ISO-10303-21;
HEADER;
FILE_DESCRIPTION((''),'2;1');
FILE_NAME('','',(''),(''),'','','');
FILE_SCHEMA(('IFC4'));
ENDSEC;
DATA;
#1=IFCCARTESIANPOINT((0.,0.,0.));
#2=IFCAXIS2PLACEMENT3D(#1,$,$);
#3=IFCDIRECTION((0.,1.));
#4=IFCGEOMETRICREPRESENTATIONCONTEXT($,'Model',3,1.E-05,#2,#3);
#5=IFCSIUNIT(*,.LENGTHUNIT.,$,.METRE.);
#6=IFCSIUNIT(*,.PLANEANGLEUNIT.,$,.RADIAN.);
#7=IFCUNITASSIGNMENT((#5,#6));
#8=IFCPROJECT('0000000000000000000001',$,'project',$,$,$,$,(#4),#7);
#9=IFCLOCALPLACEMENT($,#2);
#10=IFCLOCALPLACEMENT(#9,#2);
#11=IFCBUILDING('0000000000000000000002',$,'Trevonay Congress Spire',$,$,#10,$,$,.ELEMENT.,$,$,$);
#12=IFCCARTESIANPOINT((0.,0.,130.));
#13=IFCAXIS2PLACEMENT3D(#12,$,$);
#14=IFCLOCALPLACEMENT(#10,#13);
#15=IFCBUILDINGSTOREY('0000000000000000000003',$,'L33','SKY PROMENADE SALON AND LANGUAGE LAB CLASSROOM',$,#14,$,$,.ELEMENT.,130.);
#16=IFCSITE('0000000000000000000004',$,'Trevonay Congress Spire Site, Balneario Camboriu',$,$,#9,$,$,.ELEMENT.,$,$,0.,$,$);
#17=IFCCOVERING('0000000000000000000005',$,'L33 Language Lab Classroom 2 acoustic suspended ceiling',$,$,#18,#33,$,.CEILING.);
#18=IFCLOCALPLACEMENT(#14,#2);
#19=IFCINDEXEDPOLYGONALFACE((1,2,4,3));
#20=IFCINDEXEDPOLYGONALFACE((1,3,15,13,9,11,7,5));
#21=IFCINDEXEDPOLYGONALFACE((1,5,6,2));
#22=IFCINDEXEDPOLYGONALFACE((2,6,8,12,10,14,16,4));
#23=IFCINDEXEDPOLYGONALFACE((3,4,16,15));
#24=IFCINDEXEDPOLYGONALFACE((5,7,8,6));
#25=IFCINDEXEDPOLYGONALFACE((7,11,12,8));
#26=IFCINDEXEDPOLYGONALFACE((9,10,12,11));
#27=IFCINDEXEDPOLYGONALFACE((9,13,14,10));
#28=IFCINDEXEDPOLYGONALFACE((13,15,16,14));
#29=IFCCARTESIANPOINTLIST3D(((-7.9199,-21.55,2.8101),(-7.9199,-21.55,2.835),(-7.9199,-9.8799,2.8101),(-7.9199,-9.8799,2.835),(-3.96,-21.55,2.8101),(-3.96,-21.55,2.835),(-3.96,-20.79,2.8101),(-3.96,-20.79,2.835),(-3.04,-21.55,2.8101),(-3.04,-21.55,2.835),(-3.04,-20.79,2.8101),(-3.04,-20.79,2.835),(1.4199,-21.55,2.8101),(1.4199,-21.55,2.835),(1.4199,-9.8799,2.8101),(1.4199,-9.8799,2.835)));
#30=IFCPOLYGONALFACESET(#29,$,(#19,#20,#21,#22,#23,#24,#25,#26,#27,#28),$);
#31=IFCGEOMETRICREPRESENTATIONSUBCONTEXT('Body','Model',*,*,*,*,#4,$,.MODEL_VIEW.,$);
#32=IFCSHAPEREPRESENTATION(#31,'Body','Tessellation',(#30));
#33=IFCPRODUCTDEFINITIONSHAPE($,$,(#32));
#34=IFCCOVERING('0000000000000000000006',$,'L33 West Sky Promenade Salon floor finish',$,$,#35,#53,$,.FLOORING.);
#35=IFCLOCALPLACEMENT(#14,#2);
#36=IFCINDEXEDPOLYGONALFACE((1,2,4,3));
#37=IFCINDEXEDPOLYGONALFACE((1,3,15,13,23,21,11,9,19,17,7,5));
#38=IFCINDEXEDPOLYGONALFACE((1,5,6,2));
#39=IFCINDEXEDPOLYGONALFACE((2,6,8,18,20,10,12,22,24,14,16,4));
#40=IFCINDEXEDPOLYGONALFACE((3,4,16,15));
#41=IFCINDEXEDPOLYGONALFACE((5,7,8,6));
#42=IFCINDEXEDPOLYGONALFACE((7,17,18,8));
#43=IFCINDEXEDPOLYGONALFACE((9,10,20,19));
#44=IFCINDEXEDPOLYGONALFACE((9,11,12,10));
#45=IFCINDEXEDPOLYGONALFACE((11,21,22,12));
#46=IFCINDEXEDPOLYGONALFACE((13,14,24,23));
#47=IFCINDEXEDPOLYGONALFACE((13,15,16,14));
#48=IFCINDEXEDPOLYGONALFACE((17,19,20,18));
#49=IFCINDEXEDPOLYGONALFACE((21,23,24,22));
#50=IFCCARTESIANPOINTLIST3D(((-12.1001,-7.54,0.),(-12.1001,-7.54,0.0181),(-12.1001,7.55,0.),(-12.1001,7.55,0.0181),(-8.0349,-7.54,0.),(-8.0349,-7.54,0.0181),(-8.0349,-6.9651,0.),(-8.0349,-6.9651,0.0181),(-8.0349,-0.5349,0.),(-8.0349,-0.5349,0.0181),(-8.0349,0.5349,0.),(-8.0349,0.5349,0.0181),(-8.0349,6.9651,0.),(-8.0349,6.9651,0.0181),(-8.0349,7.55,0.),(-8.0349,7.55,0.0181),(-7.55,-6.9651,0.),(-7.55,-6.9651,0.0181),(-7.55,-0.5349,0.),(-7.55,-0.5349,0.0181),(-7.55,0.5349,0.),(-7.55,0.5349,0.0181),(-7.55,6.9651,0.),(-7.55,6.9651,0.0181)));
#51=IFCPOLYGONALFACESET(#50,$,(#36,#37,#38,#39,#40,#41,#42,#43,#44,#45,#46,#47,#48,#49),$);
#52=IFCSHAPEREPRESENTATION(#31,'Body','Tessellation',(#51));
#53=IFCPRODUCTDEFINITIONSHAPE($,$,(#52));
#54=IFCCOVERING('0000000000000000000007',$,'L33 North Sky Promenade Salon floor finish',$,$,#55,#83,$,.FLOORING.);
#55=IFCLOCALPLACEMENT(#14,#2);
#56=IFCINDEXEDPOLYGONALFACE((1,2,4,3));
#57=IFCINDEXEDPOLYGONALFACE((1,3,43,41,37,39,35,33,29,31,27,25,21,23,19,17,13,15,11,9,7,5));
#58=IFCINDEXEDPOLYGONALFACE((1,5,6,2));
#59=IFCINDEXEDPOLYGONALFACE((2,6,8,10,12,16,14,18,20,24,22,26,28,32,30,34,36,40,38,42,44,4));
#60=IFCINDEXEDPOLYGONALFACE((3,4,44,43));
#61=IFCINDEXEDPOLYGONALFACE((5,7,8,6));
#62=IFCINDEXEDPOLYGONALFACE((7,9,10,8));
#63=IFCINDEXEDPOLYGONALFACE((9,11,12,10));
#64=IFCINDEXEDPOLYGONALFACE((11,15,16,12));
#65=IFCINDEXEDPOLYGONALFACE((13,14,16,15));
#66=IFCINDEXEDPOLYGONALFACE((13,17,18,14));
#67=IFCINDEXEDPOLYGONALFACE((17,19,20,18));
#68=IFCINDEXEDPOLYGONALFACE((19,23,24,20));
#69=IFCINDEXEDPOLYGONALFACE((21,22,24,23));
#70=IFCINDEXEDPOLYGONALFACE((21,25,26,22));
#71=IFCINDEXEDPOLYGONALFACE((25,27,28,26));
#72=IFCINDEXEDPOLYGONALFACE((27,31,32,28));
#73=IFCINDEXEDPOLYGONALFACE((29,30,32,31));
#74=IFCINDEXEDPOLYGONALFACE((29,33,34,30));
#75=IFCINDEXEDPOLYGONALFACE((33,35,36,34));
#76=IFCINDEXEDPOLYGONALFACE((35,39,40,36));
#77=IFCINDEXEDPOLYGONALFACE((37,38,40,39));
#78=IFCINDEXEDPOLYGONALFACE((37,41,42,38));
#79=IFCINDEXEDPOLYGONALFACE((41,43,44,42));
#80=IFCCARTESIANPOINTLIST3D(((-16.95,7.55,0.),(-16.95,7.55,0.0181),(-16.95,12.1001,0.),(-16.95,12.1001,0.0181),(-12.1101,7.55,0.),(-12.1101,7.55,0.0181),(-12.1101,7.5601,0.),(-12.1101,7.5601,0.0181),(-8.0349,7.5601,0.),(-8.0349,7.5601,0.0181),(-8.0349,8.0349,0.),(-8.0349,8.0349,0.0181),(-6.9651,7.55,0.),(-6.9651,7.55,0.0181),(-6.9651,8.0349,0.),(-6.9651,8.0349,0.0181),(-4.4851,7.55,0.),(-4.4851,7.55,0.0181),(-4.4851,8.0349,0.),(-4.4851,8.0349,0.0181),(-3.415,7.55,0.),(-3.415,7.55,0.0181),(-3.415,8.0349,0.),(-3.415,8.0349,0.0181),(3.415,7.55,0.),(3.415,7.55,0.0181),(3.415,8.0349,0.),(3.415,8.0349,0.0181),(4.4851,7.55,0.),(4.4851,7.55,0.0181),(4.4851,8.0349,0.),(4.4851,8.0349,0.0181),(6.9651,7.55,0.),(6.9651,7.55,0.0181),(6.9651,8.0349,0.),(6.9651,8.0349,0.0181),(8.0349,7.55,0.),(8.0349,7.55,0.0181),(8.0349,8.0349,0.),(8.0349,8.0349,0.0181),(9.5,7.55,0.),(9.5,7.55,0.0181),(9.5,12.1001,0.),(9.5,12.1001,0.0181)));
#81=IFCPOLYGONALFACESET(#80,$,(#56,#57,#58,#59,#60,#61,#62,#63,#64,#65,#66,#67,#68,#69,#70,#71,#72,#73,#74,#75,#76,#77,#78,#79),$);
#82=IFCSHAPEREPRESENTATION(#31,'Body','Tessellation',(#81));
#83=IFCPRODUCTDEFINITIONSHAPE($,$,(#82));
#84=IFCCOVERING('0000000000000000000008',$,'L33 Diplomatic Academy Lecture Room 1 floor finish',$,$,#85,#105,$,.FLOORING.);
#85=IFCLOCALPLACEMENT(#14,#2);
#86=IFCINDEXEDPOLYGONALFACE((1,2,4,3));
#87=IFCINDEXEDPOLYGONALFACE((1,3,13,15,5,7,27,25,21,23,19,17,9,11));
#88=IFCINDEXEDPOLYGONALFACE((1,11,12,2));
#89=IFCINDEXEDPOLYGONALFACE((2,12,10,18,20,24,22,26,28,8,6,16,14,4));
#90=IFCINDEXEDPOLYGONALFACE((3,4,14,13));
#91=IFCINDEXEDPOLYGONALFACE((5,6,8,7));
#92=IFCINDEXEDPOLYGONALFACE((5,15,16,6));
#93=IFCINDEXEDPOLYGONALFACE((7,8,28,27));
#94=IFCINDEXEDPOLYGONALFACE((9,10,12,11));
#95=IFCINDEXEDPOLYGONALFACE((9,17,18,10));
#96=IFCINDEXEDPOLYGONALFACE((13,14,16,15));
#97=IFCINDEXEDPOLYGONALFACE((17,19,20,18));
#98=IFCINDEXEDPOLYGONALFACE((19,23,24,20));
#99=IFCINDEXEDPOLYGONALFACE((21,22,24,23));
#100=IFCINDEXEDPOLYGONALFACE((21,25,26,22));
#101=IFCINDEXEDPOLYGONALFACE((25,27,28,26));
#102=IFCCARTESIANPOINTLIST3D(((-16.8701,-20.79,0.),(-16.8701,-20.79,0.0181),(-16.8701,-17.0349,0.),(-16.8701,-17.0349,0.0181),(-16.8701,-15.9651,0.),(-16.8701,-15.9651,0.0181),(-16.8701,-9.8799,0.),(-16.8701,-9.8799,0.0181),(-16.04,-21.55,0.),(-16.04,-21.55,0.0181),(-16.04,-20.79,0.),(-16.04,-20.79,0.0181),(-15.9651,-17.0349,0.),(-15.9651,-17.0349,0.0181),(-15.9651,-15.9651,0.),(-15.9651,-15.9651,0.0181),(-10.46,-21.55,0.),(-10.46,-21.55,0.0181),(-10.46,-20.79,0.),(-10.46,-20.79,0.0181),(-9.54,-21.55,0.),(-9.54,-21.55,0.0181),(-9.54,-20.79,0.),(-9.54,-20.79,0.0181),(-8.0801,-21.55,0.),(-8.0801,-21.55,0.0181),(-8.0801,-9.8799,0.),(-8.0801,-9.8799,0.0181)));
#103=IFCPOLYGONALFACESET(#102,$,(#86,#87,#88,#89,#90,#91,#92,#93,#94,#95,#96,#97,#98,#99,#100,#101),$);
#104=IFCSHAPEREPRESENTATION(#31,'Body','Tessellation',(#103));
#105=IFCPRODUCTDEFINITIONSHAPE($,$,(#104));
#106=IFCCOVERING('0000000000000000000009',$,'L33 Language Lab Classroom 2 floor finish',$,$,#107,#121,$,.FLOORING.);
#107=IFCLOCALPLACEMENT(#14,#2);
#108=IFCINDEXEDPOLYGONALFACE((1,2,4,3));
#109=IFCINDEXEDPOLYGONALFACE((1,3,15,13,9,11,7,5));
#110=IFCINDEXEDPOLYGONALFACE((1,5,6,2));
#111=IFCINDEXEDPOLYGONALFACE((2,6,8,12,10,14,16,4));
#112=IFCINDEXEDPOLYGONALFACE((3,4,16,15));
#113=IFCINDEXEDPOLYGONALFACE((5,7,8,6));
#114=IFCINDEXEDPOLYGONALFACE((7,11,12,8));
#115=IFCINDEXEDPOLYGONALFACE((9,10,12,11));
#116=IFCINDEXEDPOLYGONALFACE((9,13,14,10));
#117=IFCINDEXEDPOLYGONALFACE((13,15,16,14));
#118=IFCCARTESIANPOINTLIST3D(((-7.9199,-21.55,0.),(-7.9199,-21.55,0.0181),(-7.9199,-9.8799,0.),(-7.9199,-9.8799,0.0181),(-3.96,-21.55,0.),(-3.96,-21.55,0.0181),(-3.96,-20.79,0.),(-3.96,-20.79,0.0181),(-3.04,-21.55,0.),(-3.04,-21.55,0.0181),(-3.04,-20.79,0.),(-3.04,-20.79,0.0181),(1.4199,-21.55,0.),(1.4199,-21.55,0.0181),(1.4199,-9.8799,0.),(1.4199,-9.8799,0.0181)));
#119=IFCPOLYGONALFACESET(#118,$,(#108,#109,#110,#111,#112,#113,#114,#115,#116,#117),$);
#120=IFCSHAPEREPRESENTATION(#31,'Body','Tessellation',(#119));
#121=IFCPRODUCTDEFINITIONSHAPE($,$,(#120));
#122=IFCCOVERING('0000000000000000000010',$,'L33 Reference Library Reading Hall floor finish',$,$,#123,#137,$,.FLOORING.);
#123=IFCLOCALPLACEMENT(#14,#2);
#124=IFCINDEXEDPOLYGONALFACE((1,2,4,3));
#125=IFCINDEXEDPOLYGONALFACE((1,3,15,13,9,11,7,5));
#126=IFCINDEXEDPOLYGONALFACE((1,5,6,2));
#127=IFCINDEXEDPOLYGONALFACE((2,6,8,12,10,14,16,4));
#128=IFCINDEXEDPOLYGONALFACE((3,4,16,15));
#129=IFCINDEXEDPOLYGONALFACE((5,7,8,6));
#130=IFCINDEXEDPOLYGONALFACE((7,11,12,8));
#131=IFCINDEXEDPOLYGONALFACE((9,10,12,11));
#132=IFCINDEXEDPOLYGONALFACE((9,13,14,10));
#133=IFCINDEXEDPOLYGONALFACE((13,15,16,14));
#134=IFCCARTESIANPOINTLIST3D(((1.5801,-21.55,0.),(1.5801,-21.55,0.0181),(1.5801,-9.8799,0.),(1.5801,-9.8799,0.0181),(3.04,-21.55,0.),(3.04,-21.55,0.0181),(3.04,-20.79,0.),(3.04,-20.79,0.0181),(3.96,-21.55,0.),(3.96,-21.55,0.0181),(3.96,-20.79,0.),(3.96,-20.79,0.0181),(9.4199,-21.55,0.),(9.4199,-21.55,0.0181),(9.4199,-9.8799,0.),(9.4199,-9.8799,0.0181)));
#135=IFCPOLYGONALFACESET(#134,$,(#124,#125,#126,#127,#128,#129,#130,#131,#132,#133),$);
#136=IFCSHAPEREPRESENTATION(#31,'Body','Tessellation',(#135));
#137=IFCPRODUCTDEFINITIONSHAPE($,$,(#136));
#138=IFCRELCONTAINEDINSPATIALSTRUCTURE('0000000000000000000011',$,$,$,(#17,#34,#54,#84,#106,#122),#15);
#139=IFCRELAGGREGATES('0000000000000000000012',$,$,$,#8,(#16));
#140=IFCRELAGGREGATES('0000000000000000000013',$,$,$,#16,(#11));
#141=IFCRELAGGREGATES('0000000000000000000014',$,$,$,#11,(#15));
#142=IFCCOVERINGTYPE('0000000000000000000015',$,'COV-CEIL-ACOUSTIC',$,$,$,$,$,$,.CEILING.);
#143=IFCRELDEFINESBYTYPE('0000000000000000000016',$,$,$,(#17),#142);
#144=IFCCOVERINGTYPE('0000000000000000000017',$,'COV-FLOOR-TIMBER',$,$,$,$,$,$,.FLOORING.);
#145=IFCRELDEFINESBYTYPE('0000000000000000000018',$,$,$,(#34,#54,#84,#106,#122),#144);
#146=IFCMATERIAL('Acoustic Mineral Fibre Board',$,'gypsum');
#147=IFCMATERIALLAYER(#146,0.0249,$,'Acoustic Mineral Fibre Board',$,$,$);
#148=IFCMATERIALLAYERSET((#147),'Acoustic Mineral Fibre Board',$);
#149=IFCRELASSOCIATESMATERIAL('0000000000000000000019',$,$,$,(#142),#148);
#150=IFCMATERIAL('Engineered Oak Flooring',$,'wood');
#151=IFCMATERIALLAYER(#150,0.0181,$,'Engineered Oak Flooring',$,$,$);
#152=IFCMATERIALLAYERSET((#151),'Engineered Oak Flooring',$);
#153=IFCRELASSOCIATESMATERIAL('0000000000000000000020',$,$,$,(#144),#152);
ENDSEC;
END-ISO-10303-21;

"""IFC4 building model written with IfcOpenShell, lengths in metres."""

from ifc_helpers import new_model, si_unit, direction, frame, origin, place, context, subcontext, project, spatial, polyline, outline, extrude, material, layer, layer_set, type_object, element, save


model = new_model("IFC4")

# Units and contexts
model_context = context("Model", 3, precision=1e-05, world=origin(), true_north=direction((0.0, 1.0)))
body_context = subcontext(model_context, "Body", "Model", "MODEL_VIEW")
ifc_project = project(units=[si_unit("LENGTHUNIT", "METRE"), si_unit("PLANEANGLEUNIT", "RADIAN")], contexts=[model_context])

# Site, building, storey
site_placement = place(None, origin())
site = spatial("IfcSite", under=ifc_project, at=site_placement, Name="Trevonay Congress Spire Site, Balneario Camboriu", CompositionType="ELEMENT", RefElevation=0.0)
building_placement = place(site_placement, origin())
building = spatial("IfcBuilding", under=site, at=building_placement, Name="Trevonay Congress Spire", CompositionType="ELEMENT")
storey_placement = place(building_placement, frame((0.0, 0.0, 130.0)))
storey = spatial("IfcBuildingStorey", under=building, at=storey_placement, Name="L33", Description="SKY PROMENADE SALON AND LANGUAGE LAB CLASSROOM", CompositionType="ELEMENT", Elevation=130.0)

# Coverings
ifc_material_1 = material(Name="Acoustic Mineral Fibre Board", Category="gypsum")
ifc_layer_1 = layer(ifc_material_1, 0.0249, Name="Acoustic Mineral Fibre Board")
ifc_layer_set_1 = layer_set([ifc_layer_1], Name="Acoustic Mineral Fibre Board")
covering_type_1 = type_object("IfcCoveringType", Name="COV-CEIL-ACOUSTIC", PredefinedType="CEILING", material=ifc_layer_set_1)
covering_1_placement = place(storey_placement, frame((0.0, 0.0, 2.8101)))
element("IfcCovering", 1, at=covering_1_placement, inside=storey, type_object=covering_type_1, Name="L33 Language Lab Classroom 2 acoustic suspended ceiling", PredefinedType="CEILING", context=body_context, shape_type="SweptSolid", body=[
    extrude(outline(polyline([(-7.9199, -21.55), (-7.9199, -9.8799), (1.4199, -9.8799), (1.4199, -21.55), (-3.04, -21.55), (-3.04, -20.79), (-3.96, -20.79), (-3.96, -21.55), (-7.9199, -21.55)])), origin(), (0.0, 0.0, 1.0), 0.0249),
])
ifc_material_2 = material(Name="Engineered Oak Flooring", Category="wood")
ifc_layer_2 = layer(ifc_material_2, 0.0181, Name="Engineered Oak Flooring")
ifc_layer_set_2 = layer_set([ifc_layer_2], Name="Engineered Oak Flooring")
covering_type_2 = type_object("IfcCoveringType", Name="COV-FLOOR-TIMBER", PredefinedType="FLOORING", material=ifc_layer_set_2)
covering_2_placement = place(storey_placement, origin())
element("IfcCovering", 2, at=covering_2_placement, inside=storey, type_object=covering_type_2, Name="L33 West Sky Promenade Salon floor finish", PredefinedType="FLOORING", context=body_context, shape_type="SweptSolid", body=[
    extrude(outline(polyline([(-12.1001, 7.55), (-8.0349, 7.55), (-8.0349, 6.9651), (-7.55, 6.9651), (-7.55, 0.5349), (-8.0349, 0.5349), (-8.0349, -0.5349), (-7.55, -0.5349), (-7.55, -6.9651), (-8.0349, -6.9651), (-8.0349, -7.54), (-12.1001, -7.54), (-12.1001, 7.55)])), origin(), (0.0, 0.0, 1.0), 0.0181),
])
covering_3_placement = place(storey_placement, origin())
element("IfcCovering", 3, at=covering_3_placement, inside=storey, type_object=covering_type_2, Name="L33 North Sky Promenade Salon floor finish", PredefinedType="FLOORING", context=body_context, shape_type="SweptSolid", body=[
    extrude(outline(polyline([(-16.95, 12.1001), (9.5, 12.1001), (9.5, 7.55), (8.0349, 7.55), (8.0349, 8.0349), (6.9651, 8.0349), (6.9651, 7.55), (4.4851, 7.55), (4.4851, 8.0349), (3.415, 8.0349), (3.415, 7.55), (-3.415, 7.55), (-3.415, 8.0349), (-4.4851, 8.0349), (-4.4851, 7.55), (-6.9651, 7.55), (-6.9651, 8.0349), (-8.0349, 8.0349), (-8.0349, 7.5601), (-12.1101, 7.5601), (-12.1101, 7.55), (-16.95, 7.55), (-16.95, 12.1001)])), origin(), (0.0, 0.0, 1.0), 0.0181),
])
covering_4_placement = place(storey_placement, origin())
element("IfcCovering", 4, at=covering_4_placement, inside=storey, type_object=covering_type_2, Name="L33 Diplomatic Academy Lecture Room 1 floor finish", PredefinedType="FLOORING", context=body_context, shape_type="SweptSolid", body=[
    extrude(outline(polyline([(-16.04, -21.55), (-16.04, -20.79), (-16.8701, -20.79), (-16.8701, -17.0349), (-15.9651, -17.0349), (-15.9651, -15.9651), (-16.8701, -15.9651), (-16.8701, -9.8799), (-8.0801, -9.8799), (-8.0801, -21.55), (-9.54, -21.55), (-9.54, -20.79), (-10.46, -20.79), (-10.46, -21.55), (-16.04, -21.55)])), origin(), (0.0, 0.0, 1.0), 0.0181),
])
covering_5_placement = place(storey_placement, origin())
element("IfcCovering", 5, at=covering_5_placement, inside=storey, type_object=covering_type_2, Name="L33 Language Lab Classroom 2 floor finish", PredefinedType="FLOORING", context=body_context, shape_type="SweptSolid", body=[
    extrude(outline(polyline([(-7.9199, -21.55), (-7.9199, -9.8799), (1.4199, -9.8799), (1.4199, -21.55), (-3.04, -21.55), (-3.04, -20.79), (-3.96, -20.79), (-3.96, -21.55), (-7.9199, -21.55)])), origin(), (0.0, 0.0, 1.0), 0.0181),
])
covering_6_placement = place(storey_placement, origin())
element("IfcCovering", 6, at=covering_6_placement, inside=storey, type_object=covering_type_2, Name="L33 Reference Library Reading Hall floor finish", PredefinedType="FLOORING", context=body_context, shape_type="SweptSolid", body=[
    extrude(outline(polyline([(1.5801, -21.55), (1.5801, -9.8799), (9.4199, -9.8799), (9.4199, -21.55), (3.96, -21.55), (3.96, -20.79), (3.04, -20.79), (3.04, -21.55), (1.5801, -21.55)])), origin(), (0.0, 0.0, 1.0), 0.0181),
])

save(model, "model.ifc")
